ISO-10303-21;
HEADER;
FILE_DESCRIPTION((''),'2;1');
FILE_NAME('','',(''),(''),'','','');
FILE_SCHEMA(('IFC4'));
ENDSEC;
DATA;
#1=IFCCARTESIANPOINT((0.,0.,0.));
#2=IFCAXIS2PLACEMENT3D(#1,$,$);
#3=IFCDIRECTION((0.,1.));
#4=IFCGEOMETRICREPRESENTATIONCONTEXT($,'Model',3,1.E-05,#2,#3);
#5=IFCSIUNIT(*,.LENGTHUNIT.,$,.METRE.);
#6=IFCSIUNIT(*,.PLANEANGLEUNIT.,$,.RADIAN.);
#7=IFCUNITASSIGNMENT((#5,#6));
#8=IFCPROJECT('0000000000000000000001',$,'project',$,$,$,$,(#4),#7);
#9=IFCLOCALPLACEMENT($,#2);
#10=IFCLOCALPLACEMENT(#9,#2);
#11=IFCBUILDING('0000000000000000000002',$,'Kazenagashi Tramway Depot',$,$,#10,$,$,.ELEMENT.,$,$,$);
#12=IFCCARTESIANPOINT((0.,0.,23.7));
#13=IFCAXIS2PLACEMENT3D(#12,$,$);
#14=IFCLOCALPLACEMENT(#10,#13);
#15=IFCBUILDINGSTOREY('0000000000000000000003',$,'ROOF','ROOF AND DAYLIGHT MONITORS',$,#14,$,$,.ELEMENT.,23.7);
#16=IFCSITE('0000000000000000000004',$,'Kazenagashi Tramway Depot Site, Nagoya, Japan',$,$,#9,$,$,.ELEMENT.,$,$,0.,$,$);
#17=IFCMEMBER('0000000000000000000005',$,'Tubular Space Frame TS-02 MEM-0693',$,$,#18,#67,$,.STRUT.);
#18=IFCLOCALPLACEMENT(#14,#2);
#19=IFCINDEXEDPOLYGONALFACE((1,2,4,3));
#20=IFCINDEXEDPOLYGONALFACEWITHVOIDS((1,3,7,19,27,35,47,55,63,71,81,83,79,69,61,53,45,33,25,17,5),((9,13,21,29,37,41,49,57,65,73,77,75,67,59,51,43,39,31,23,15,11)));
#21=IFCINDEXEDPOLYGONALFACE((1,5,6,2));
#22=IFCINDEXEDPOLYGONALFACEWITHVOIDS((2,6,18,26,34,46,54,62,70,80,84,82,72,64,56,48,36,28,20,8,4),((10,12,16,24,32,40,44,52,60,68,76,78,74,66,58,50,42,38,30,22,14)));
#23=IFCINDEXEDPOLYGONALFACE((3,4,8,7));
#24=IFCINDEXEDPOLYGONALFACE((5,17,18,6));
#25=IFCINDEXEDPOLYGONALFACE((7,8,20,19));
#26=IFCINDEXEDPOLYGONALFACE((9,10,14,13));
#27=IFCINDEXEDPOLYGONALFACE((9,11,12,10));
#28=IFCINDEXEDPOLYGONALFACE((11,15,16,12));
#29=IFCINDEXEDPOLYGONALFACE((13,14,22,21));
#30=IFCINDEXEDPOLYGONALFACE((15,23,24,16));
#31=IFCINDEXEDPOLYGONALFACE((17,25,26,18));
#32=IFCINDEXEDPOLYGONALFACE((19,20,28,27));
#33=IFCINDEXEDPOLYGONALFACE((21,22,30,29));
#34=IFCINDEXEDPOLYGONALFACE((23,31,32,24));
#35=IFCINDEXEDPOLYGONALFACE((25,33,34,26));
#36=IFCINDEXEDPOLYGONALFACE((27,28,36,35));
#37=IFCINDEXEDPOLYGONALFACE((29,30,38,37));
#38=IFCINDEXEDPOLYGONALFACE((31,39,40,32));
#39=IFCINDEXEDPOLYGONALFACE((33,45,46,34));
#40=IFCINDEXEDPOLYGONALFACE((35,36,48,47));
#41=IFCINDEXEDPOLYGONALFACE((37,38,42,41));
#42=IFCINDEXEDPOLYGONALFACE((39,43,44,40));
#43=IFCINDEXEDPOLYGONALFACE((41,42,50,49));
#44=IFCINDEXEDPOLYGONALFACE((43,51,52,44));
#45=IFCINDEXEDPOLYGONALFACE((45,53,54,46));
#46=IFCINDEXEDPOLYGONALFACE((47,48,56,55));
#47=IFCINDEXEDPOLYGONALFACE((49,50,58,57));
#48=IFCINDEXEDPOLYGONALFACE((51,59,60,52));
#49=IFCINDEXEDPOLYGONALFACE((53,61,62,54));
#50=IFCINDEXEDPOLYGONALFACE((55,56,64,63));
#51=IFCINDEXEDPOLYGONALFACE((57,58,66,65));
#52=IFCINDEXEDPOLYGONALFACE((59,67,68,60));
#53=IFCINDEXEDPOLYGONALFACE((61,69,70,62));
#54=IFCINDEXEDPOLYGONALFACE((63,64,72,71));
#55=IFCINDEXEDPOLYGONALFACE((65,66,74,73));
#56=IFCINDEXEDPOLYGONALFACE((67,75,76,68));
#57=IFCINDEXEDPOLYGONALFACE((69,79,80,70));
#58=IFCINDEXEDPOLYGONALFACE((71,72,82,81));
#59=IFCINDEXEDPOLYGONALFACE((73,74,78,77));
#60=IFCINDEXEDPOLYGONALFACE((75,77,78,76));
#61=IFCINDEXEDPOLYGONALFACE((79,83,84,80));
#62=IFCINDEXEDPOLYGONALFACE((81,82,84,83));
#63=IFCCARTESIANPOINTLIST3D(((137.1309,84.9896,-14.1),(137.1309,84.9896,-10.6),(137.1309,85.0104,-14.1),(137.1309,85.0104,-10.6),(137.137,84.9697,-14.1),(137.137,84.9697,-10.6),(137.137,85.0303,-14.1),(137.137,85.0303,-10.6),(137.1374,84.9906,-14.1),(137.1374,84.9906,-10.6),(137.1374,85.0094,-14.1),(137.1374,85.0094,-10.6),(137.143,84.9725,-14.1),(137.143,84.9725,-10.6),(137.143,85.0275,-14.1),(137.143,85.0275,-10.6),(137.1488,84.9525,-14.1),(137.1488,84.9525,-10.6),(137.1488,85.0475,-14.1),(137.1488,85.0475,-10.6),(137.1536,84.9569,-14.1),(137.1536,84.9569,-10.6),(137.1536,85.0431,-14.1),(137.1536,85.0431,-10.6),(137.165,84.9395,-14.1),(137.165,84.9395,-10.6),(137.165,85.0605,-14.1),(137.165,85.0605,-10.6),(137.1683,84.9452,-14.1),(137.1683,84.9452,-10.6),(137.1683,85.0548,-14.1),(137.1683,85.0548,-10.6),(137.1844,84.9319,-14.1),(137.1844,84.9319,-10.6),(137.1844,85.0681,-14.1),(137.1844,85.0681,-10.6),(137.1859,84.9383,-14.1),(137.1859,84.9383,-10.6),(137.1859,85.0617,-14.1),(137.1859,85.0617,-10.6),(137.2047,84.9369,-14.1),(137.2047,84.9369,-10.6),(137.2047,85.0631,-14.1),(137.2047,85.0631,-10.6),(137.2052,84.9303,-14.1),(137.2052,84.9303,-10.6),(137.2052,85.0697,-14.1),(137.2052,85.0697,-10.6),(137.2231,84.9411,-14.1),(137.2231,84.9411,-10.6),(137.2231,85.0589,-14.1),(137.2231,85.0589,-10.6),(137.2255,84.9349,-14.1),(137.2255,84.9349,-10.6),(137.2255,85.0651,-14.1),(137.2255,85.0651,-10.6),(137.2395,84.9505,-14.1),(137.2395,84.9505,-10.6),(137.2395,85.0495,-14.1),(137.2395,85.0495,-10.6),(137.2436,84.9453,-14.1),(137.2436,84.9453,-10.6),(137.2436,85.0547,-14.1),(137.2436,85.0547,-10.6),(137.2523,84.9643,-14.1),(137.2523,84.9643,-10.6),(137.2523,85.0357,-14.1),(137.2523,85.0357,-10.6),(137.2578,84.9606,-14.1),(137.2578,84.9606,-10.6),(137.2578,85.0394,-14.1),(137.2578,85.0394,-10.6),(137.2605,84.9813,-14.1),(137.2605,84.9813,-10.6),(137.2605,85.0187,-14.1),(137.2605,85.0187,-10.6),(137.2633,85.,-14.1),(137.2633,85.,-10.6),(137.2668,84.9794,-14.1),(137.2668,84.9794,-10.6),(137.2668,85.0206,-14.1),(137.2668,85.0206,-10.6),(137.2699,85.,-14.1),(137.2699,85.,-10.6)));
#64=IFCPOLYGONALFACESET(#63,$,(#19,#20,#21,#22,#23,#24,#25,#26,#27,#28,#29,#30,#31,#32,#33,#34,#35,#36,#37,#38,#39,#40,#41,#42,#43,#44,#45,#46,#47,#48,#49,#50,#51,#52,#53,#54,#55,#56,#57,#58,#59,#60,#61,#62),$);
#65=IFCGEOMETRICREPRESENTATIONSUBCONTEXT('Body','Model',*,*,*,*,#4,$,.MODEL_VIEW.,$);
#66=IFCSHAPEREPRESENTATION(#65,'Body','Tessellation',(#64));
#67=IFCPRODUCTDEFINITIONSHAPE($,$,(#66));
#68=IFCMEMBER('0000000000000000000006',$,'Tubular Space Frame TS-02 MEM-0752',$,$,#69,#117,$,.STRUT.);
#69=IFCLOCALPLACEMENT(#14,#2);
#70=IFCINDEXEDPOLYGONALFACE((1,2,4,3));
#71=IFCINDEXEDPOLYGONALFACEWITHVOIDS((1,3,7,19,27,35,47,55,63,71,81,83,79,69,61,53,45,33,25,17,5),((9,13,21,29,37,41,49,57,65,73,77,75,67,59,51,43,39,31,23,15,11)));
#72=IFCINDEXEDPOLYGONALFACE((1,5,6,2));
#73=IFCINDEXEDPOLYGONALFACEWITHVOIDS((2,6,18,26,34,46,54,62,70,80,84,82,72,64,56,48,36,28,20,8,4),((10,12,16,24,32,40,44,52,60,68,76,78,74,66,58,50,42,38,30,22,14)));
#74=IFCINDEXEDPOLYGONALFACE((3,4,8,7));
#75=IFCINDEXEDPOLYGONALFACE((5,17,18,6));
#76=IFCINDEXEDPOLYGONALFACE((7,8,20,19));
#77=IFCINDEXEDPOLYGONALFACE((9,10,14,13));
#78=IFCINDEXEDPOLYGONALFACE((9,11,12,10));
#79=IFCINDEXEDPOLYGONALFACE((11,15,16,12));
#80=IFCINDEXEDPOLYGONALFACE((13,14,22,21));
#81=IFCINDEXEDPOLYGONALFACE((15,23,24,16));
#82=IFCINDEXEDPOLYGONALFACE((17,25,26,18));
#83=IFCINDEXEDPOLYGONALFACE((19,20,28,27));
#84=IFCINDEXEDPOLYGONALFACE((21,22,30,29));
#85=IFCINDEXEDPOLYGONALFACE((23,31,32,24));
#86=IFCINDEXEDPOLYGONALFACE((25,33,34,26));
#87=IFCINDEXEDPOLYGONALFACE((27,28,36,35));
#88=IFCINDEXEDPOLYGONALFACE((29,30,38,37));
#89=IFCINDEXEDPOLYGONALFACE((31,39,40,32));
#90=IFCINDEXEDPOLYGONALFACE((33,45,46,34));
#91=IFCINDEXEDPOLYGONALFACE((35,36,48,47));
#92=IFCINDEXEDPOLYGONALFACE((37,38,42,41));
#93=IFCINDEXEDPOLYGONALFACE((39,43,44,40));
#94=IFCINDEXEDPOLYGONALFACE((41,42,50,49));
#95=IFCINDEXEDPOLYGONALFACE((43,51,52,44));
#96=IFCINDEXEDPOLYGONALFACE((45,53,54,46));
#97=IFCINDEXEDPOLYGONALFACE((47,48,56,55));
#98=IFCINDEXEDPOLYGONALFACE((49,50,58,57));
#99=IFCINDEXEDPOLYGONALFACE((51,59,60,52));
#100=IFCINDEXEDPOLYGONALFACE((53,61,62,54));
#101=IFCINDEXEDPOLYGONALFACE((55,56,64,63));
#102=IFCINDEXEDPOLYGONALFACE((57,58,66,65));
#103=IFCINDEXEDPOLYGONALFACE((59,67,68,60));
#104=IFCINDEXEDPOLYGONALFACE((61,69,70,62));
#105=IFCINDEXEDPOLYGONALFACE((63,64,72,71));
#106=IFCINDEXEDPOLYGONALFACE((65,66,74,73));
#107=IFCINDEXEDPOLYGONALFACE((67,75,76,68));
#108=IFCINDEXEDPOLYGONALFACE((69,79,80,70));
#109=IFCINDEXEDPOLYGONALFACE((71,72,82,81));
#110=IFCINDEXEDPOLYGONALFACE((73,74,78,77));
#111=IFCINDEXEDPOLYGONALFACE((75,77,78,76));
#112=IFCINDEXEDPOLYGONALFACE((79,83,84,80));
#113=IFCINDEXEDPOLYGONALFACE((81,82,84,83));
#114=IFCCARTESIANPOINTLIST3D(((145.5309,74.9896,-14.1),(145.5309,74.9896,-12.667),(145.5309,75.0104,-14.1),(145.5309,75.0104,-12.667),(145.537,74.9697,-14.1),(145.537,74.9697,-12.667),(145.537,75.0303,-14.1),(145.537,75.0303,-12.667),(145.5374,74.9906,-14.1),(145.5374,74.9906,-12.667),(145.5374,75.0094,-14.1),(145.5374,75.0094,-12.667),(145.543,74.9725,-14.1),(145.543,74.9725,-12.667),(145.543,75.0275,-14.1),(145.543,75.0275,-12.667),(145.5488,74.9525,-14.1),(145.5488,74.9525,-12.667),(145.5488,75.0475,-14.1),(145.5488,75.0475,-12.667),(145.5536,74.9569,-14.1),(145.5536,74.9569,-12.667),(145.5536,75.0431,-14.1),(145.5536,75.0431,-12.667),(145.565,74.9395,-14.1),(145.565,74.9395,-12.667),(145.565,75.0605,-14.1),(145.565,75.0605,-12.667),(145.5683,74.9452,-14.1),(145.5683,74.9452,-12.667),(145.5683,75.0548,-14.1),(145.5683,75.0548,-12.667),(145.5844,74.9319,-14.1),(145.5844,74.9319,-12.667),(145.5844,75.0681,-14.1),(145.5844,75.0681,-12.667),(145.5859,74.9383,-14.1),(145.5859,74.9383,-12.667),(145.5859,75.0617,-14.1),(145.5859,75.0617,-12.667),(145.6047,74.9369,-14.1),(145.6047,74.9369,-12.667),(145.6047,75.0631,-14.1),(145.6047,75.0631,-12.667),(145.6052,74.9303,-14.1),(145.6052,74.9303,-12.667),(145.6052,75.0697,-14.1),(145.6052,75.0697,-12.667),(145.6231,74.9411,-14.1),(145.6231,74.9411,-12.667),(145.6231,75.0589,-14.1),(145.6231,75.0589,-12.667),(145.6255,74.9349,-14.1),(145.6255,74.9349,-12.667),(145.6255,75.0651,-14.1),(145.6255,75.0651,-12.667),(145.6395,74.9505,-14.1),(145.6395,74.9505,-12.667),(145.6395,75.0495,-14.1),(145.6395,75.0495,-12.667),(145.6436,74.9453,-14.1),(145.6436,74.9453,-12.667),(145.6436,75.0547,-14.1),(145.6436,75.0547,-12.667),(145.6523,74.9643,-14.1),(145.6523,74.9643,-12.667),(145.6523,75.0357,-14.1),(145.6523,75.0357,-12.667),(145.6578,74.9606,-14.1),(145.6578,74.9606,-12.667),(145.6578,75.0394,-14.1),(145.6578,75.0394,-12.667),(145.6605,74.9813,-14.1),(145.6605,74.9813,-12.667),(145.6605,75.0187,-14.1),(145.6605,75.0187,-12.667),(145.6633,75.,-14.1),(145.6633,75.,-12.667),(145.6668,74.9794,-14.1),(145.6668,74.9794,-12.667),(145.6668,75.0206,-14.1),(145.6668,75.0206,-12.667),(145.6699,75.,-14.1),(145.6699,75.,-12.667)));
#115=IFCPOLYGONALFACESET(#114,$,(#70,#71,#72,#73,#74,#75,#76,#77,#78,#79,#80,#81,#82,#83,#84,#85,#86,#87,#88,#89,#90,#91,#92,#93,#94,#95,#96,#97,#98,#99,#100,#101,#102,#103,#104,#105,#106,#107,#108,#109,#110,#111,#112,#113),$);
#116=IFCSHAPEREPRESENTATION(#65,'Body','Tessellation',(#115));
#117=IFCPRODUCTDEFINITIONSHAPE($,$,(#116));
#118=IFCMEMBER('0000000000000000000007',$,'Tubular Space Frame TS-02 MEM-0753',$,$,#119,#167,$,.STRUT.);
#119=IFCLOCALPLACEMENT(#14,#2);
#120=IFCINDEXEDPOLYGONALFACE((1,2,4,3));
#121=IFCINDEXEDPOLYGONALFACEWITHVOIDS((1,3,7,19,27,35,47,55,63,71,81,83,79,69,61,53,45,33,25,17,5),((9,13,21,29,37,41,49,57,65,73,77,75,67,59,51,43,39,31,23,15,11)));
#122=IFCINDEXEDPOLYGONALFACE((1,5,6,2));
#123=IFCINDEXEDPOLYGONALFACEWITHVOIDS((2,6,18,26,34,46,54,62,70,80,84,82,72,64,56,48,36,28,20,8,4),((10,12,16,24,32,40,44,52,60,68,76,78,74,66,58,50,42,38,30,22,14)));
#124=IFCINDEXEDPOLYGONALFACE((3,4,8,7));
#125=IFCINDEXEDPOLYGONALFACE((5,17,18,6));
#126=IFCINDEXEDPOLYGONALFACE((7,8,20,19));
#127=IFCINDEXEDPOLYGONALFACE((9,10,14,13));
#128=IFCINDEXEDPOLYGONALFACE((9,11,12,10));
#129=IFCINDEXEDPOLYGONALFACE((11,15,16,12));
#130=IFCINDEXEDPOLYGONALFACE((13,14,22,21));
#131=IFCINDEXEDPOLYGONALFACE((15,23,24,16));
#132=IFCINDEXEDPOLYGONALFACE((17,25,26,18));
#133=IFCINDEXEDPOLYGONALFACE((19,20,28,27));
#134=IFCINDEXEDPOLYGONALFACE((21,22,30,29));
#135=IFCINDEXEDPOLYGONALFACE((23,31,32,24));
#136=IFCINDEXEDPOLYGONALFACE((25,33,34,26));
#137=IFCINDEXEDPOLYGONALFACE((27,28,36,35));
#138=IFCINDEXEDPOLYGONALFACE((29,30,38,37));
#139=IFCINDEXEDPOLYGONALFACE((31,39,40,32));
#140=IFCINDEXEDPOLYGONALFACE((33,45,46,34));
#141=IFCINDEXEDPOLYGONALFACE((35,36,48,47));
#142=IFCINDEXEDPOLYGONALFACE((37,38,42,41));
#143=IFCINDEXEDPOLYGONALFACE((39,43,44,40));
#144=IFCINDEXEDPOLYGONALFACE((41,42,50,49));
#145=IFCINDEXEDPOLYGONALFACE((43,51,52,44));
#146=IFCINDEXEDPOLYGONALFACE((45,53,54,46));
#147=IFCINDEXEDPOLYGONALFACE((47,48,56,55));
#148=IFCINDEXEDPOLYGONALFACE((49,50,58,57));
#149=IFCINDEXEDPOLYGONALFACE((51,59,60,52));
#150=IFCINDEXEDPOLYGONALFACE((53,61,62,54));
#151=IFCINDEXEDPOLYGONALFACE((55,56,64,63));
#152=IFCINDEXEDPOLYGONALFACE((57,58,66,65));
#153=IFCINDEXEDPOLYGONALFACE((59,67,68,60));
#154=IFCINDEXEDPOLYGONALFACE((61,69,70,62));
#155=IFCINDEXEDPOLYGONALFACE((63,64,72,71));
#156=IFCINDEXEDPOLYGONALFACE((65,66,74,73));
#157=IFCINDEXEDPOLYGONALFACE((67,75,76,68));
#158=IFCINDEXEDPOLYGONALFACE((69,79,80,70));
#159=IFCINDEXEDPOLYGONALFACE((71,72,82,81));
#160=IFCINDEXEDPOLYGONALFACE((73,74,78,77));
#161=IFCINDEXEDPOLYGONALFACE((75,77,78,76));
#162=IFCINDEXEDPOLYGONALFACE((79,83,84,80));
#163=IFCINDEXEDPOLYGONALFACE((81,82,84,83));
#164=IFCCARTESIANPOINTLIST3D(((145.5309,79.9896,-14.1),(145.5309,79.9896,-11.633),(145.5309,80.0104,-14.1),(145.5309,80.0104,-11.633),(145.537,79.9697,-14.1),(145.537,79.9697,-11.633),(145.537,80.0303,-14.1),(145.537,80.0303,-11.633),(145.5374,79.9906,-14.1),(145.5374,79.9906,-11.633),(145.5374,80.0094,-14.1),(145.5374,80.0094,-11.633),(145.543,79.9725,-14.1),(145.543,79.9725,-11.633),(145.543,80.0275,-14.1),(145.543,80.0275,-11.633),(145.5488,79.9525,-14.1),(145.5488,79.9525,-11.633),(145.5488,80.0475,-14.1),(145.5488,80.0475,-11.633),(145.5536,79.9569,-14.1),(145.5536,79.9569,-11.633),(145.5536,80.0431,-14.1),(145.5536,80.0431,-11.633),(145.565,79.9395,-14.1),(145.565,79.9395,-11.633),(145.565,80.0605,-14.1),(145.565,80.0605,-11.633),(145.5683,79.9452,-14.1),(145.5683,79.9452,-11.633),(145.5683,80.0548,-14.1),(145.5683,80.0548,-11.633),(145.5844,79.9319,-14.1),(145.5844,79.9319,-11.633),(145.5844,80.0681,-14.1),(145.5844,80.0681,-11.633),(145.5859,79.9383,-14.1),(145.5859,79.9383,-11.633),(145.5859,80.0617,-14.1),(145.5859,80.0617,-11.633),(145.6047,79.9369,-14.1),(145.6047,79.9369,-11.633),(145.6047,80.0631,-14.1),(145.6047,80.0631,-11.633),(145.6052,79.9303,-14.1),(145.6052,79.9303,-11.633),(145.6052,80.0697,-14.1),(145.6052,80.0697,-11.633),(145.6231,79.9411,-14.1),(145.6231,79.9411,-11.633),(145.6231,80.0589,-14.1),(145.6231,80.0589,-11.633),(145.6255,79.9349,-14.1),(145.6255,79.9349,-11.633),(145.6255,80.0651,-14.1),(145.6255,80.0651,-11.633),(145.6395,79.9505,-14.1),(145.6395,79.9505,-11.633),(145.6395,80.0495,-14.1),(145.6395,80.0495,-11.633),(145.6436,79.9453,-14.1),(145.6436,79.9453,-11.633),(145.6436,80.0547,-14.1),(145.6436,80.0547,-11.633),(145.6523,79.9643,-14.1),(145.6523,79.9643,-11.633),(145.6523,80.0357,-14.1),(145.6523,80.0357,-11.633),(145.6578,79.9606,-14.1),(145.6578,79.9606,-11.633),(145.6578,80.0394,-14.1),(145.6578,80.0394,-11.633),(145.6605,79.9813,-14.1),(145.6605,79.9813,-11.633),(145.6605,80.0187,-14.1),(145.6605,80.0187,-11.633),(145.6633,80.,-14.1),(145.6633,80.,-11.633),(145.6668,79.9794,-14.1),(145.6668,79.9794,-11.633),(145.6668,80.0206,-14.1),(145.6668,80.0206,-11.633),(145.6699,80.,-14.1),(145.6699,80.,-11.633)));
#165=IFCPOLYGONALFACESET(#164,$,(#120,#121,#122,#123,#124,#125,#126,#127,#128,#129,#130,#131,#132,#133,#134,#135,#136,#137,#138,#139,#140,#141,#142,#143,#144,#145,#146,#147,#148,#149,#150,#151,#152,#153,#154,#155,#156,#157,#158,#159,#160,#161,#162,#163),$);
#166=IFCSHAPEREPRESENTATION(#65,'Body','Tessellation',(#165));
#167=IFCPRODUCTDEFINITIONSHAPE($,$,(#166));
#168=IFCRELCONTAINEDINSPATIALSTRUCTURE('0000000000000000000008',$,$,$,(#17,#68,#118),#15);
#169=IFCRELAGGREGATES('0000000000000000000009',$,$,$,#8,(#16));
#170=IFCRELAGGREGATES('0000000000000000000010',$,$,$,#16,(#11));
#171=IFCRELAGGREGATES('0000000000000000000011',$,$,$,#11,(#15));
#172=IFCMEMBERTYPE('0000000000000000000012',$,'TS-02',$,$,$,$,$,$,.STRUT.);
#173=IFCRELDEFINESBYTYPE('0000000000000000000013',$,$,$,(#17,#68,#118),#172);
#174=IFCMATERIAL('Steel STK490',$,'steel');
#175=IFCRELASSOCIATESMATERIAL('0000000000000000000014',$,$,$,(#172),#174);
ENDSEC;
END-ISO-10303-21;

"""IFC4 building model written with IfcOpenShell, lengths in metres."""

from ifc_helpers import new_model, si_unit, direction, frame, origin, origin_2d, place, context, subcontext, project, spatial, hollow_circle, extrude, material, material_profile, profile_set, type_object, element, save


model = new_model("IFC4")

# Units and contexts
model_context = context("Model", 3, precision=1e-05, world=origin(), true_north=direction((0.0, 1.0)))
body_context = subcontext(model_context, "Body", "Model", "MODEL_VIEW")
ifc_project = project(units=[si_unit("LENGTHUNIT", "METRE"), si_unit("PLANEANGLEUNIT", "RADIAN")], contexts=[model_context])

# Site, building, storey
site_placement = place(None, origin())
site = spatial("IfcSite", under=ifc_project, at=site_placement, Name="Kazenagashi Tramway Depot Site, Nagoya, Japan", CompositionType="ELEMENT", RefElevation=0.0)
building_placement = place(site_placement, origin())
building = spatial("IfcBuilding", under=site, at=building_placement, Name="Kazenagashi Tramway Depot", CompositionType="ELEMENT")
storey_placement = place(building_placement, frame((0.0, 0.0, 23.7)))
storey = spatial("IfcBuildingStorey", under=building, at=storey_placement, Name="ROOF", Description="ROOF AND DAYLIGHT MONITORS", CompositionType="ELEMENT", Elevation=23.7)

# Members
ifc_material_1 = material(Name="Steel STK490", Category="steel")
ifc_material_profile_1 = material_profile(ifc_material_1, hollow_circle(Radius=0.0699, WallThickness=0.0066, at=origin_2d()), Name="CHS-139.8x6.6")
ifc_profile_set_1 = profile_set([ifc_material_profile_1], Name="Steel STK490")
member_type_1 = type_object("IfcMemberType", Name="TS-02", PredefinedType="STRUT", material=ifc_profile_set_1)
member_1_placement = place(storey_placement, frame((137.2, 85.0, -14.1), z_axis=(0.0, 0.0, 1.0), x_axis=(1.0, 0.0, 0.0)))
element("IfcMember", 1, at=member_1_placement, inside=storey, type_object=member_type_1, Name="Tubular Space Frame TS-02 MEM-0693", PredefinedType="STRUT", context=body_context, shape_type="SweptSolid", body=[
    extrude(hollow_circle(Radius=0.0699, WallThickness=0.0066, at=origin_2d()), origin(), (0.0, 0.0, 1.0), 3.5),
])
member_2_placement = place(storey_placement, frame((145.6, 75.0, -14.1), z_axis=(0.0, 0.0, 1.0), x_axis=(1.0, 0.0, 0.0)))
element("IfcMember", 2, at=member_2_placement, inside=storey, type_object=member_type_1, Name="Tubular Space Frame TS-02 MEM-0752", PredefinedType="STRUT", context=body_context, shape_type="SweptSolid", body=[
    extrude(hollow_circle(Radius=0.0699, WallThickness=0.0066, at=origin_2d()), origin(), (0.0, 0.0, 1.0), 1.433),
])
member_3_placement = place(storey_placement, frame((145.6, 80.0, -14.1), z_axis=(0.0, 0.0, 1.0), x_axis=(1.0, 0.0, 0.0)))
element("IfcMember", 3, at=member_3_placement, inside=storey, type_object=member_type_1, Name="Tubular Space Frame TS-02 MEM-0753", PredefinedType="STRUT", context=body_context, shape_type="SweptSolid", body=[
    extrude(hollow_circle(Radius=0.0699, WallThickness=0.0066, at=origin_2d()), origin(), (0.0, 0.0, 1.0), 2.467),
])

save(model, "model.ifc")
